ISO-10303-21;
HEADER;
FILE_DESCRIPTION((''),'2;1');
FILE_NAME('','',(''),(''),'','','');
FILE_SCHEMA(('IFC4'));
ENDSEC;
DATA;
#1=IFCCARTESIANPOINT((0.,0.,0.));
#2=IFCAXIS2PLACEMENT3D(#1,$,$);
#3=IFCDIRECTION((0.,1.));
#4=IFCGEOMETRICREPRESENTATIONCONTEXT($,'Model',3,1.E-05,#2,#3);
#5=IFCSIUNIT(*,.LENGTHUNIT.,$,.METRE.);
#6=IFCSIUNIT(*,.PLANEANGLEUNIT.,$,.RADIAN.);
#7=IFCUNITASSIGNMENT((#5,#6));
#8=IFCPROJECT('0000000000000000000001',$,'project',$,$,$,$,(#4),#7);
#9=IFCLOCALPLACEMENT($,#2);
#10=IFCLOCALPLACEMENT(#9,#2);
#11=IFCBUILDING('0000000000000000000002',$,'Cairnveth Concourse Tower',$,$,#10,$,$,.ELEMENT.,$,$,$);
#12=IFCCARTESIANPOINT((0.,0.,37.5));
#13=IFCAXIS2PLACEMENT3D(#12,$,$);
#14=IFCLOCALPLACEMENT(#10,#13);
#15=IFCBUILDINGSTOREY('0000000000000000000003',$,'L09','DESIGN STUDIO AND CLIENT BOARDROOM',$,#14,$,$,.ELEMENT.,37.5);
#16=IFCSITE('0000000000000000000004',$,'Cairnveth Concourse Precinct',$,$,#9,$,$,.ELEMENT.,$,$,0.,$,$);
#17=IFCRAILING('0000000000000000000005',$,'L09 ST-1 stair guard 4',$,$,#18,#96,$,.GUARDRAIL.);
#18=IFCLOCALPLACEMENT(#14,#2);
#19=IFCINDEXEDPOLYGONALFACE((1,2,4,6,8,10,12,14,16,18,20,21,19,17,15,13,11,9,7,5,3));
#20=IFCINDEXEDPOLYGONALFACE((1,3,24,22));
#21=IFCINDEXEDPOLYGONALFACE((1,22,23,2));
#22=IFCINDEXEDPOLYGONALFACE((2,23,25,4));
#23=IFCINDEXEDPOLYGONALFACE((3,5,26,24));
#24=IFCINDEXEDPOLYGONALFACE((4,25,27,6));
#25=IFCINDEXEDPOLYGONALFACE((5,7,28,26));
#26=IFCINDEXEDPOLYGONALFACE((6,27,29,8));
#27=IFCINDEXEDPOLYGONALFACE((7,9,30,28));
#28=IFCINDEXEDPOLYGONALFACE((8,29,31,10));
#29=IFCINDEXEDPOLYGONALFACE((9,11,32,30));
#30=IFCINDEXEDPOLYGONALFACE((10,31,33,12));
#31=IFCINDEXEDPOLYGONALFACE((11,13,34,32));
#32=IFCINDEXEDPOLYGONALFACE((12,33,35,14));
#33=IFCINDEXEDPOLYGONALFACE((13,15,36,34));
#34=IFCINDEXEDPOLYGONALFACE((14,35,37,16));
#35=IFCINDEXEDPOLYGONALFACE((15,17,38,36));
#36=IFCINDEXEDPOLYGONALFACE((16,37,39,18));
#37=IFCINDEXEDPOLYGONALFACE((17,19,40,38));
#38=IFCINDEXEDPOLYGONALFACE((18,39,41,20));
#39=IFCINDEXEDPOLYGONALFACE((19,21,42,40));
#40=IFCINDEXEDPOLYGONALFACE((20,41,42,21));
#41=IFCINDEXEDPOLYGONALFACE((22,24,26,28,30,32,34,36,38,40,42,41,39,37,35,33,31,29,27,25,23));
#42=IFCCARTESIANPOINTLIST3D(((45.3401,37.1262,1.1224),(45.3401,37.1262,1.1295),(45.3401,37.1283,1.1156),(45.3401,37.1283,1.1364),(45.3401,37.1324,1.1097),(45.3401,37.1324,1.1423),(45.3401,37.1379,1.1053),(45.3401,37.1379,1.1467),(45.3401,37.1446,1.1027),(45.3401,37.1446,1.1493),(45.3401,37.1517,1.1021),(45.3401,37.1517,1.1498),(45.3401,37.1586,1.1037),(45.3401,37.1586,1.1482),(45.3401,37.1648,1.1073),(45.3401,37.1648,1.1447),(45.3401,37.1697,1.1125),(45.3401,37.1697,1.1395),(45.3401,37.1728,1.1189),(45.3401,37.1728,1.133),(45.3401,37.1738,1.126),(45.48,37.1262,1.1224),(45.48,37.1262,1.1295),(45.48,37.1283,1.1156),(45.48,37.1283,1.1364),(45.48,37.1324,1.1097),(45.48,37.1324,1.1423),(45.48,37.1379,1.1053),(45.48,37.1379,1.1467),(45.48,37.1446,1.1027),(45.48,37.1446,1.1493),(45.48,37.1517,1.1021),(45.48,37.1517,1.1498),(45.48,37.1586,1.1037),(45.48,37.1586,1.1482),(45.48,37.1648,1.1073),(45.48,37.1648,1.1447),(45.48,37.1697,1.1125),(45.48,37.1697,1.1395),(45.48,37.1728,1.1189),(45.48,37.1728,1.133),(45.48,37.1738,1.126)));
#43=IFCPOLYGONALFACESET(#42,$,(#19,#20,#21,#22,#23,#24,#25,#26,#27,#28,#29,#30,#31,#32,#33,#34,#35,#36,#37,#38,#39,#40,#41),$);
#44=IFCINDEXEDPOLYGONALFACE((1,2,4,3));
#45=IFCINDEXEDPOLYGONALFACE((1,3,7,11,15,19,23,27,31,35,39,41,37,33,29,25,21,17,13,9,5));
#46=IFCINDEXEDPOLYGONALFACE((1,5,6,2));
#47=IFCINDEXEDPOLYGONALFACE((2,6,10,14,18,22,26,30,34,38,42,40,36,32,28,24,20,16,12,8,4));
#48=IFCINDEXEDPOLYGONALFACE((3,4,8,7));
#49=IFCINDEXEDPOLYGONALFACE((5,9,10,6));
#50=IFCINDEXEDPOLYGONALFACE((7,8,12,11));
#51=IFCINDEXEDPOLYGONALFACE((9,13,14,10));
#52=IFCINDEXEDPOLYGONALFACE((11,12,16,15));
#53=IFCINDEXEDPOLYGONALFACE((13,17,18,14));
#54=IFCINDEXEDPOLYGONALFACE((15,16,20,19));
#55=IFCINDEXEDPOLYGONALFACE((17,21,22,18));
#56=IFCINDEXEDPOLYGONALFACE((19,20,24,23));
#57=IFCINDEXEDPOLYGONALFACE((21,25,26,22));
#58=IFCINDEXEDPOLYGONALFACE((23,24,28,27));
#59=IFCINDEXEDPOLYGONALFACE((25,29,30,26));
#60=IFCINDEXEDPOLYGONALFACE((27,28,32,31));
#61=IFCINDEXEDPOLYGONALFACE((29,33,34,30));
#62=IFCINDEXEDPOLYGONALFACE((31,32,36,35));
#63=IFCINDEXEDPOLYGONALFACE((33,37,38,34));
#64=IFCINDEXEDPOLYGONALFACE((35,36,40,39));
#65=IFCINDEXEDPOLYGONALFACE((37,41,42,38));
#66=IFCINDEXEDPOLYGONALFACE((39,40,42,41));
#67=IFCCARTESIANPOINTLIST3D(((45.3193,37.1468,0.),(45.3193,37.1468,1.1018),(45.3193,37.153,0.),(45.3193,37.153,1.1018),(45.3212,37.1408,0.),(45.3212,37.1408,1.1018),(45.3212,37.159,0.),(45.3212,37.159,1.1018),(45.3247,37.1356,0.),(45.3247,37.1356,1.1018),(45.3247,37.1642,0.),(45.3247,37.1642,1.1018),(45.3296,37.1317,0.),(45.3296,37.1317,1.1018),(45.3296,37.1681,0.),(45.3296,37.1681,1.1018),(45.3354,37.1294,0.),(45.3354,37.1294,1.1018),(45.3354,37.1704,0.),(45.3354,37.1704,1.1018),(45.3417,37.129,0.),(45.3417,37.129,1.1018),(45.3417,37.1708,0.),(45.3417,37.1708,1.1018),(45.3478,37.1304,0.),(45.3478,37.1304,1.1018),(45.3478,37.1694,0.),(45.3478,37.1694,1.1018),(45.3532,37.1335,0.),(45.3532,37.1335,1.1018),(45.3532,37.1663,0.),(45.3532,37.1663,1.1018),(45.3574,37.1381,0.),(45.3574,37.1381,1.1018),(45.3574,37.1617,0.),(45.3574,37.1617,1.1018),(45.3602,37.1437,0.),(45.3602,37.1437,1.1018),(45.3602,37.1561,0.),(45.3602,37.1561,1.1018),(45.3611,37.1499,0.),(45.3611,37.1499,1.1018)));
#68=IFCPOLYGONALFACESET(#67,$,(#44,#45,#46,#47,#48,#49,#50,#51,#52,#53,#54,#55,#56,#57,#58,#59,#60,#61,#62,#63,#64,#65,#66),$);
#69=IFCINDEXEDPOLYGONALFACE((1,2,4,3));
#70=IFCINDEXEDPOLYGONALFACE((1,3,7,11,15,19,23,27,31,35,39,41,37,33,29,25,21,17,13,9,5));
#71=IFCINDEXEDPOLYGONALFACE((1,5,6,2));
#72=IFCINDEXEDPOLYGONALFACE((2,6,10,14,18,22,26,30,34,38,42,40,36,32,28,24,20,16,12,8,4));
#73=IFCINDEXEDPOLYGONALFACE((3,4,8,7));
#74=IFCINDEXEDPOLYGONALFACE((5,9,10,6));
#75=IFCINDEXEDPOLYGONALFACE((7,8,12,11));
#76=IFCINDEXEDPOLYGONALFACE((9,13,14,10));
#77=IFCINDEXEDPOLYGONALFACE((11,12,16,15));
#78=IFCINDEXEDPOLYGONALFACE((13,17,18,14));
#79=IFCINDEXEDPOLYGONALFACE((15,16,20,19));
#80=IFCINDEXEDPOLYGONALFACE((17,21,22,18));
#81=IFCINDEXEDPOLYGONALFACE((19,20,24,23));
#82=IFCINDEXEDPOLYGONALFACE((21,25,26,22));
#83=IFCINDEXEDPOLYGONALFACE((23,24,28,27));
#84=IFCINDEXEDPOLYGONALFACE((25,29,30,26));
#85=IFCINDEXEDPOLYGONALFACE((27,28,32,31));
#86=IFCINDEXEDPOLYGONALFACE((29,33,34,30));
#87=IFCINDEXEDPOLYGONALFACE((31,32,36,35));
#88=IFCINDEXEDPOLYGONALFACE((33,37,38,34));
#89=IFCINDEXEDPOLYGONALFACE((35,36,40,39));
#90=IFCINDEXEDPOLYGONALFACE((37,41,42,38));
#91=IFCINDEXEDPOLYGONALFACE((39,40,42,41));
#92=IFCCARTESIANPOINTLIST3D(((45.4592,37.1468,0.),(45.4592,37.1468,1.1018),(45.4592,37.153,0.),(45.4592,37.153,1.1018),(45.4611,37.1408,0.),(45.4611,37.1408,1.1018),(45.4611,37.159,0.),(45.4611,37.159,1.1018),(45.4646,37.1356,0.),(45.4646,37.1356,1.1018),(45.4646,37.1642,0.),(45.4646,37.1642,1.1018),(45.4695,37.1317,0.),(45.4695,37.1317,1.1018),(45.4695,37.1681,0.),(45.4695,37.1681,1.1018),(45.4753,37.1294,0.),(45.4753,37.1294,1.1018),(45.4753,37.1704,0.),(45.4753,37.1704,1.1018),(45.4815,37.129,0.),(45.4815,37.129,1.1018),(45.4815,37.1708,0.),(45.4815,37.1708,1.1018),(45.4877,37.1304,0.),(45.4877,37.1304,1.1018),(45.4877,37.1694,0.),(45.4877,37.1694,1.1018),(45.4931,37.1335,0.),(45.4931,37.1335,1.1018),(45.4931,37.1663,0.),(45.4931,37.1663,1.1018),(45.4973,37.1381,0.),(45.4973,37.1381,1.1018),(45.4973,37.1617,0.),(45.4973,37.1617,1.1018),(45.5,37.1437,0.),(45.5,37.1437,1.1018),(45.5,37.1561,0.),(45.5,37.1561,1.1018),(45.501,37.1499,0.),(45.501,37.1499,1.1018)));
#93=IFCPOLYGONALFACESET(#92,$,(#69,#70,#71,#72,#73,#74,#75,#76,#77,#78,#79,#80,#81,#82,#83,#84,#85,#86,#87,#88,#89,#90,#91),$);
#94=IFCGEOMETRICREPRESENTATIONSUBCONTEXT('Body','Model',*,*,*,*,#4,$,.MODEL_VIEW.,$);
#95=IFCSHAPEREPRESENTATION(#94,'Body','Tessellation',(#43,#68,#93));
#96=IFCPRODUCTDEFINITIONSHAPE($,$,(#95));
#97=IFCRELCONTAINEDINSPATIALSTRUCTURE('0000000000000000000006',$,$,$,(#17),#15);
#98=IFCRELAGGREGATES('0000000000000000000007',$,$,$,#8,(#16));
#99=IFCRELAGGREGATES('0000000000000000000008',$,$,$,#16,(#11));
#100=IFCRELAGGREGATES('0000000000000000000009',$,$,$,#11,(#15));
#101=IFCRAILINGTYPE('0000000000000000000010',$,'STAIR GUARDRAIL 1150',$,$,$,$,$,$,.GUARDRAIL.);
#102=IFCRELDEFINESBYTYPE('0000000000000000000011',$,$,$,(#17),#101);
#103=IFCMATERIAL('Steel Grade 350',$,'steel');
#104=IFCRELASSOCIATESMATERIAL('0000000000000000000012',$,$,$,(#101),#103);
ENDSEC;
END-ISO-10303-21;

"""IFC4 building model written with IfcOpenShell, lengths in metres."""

from ifc_helpers import new_model, si_unit, direction, frame, origin, origin_2d, place, context, subcontext, project, spatial, circle, extrude, material, type_object, element, save


model = new_model("IFC4")

# Units and contexts
model_context = context("Model", 3, precision=1e-05, world=origin(), true_north=direction((0.0, 1.0)))
body_context = subcontext(model_context, "Body", "Model", "MODEL_VIEW")
ifc_project = project(units=[si_unit("LENGTHUNIT", "METRE"), si_unit("PLANEANGLEUNIT", "RADIAN")], contexts=[model_context])

# Site, building, storey
site_placement = place(None, origin())
site = spatial("IfcSite", under=ifc_project, at=site_placement, Name="Cairnveth Concourse Precinct", CompositionType="ELEMENT", RefElevation=0.0)
building_placement = place(site_placement, origin())
building = spatial("IfcBuilding", under=site, at=building_placement, Name="Cairnveth Concourse Tower", CompositionType="ELEMENT")
storey_placement = place(building_placement, frame((0.0, 0.0, 37.5)))
storey = spatial("IfcBuildingStorey", under=building, at=storey_placement, Name="L09", Description="DESIGN STUDIO AND CLIENT BOARDROOM", CompositionType="ELEMENT", Elevation=37.5)

# Shared definitions
ifc_material_1 = material(Name="Steel Grade 350", Category="steel")

# Railing
railing_type = type_object("IfcRailingType", Name="STAIR GUARDRAIL 1150", PredefinedType="GUARDRAIL", material=ifc_material_1)
railing_1_placement = place(storey_placement, frame((45.3401, 37.1499, 0.0)))
element("IfcRailing", 1, at=railing_1_placement, inside=storey, type_object=railing_type, Name="L09 ST-1 stair guard 4", PredefinedType="GUARDRAIL", context=body_context, shape_type="SweptSolid", body=[
    extrude(circle(Radius=0.0239, at=origin_2d()), frame((0.0, 0.0, 1.126), z_axis=(1.0, 0.0, 0.0), x_axis=(0.0, 1.0, 0.0)), (0.0, 0.0, 1.0), 0.1399),
    extrude(circle(Radius=0.021, at=origin_2d()), origin(), (0.0, 0.0, 1.0), 1.1018),
    extrude(circle(Radius=0.021, at=origin_2d()), frame((0.1399, 0.0, 0.0)), (0.0, 0.0, 1.0), 1.1018),
])

save(model, "model.ifc")
